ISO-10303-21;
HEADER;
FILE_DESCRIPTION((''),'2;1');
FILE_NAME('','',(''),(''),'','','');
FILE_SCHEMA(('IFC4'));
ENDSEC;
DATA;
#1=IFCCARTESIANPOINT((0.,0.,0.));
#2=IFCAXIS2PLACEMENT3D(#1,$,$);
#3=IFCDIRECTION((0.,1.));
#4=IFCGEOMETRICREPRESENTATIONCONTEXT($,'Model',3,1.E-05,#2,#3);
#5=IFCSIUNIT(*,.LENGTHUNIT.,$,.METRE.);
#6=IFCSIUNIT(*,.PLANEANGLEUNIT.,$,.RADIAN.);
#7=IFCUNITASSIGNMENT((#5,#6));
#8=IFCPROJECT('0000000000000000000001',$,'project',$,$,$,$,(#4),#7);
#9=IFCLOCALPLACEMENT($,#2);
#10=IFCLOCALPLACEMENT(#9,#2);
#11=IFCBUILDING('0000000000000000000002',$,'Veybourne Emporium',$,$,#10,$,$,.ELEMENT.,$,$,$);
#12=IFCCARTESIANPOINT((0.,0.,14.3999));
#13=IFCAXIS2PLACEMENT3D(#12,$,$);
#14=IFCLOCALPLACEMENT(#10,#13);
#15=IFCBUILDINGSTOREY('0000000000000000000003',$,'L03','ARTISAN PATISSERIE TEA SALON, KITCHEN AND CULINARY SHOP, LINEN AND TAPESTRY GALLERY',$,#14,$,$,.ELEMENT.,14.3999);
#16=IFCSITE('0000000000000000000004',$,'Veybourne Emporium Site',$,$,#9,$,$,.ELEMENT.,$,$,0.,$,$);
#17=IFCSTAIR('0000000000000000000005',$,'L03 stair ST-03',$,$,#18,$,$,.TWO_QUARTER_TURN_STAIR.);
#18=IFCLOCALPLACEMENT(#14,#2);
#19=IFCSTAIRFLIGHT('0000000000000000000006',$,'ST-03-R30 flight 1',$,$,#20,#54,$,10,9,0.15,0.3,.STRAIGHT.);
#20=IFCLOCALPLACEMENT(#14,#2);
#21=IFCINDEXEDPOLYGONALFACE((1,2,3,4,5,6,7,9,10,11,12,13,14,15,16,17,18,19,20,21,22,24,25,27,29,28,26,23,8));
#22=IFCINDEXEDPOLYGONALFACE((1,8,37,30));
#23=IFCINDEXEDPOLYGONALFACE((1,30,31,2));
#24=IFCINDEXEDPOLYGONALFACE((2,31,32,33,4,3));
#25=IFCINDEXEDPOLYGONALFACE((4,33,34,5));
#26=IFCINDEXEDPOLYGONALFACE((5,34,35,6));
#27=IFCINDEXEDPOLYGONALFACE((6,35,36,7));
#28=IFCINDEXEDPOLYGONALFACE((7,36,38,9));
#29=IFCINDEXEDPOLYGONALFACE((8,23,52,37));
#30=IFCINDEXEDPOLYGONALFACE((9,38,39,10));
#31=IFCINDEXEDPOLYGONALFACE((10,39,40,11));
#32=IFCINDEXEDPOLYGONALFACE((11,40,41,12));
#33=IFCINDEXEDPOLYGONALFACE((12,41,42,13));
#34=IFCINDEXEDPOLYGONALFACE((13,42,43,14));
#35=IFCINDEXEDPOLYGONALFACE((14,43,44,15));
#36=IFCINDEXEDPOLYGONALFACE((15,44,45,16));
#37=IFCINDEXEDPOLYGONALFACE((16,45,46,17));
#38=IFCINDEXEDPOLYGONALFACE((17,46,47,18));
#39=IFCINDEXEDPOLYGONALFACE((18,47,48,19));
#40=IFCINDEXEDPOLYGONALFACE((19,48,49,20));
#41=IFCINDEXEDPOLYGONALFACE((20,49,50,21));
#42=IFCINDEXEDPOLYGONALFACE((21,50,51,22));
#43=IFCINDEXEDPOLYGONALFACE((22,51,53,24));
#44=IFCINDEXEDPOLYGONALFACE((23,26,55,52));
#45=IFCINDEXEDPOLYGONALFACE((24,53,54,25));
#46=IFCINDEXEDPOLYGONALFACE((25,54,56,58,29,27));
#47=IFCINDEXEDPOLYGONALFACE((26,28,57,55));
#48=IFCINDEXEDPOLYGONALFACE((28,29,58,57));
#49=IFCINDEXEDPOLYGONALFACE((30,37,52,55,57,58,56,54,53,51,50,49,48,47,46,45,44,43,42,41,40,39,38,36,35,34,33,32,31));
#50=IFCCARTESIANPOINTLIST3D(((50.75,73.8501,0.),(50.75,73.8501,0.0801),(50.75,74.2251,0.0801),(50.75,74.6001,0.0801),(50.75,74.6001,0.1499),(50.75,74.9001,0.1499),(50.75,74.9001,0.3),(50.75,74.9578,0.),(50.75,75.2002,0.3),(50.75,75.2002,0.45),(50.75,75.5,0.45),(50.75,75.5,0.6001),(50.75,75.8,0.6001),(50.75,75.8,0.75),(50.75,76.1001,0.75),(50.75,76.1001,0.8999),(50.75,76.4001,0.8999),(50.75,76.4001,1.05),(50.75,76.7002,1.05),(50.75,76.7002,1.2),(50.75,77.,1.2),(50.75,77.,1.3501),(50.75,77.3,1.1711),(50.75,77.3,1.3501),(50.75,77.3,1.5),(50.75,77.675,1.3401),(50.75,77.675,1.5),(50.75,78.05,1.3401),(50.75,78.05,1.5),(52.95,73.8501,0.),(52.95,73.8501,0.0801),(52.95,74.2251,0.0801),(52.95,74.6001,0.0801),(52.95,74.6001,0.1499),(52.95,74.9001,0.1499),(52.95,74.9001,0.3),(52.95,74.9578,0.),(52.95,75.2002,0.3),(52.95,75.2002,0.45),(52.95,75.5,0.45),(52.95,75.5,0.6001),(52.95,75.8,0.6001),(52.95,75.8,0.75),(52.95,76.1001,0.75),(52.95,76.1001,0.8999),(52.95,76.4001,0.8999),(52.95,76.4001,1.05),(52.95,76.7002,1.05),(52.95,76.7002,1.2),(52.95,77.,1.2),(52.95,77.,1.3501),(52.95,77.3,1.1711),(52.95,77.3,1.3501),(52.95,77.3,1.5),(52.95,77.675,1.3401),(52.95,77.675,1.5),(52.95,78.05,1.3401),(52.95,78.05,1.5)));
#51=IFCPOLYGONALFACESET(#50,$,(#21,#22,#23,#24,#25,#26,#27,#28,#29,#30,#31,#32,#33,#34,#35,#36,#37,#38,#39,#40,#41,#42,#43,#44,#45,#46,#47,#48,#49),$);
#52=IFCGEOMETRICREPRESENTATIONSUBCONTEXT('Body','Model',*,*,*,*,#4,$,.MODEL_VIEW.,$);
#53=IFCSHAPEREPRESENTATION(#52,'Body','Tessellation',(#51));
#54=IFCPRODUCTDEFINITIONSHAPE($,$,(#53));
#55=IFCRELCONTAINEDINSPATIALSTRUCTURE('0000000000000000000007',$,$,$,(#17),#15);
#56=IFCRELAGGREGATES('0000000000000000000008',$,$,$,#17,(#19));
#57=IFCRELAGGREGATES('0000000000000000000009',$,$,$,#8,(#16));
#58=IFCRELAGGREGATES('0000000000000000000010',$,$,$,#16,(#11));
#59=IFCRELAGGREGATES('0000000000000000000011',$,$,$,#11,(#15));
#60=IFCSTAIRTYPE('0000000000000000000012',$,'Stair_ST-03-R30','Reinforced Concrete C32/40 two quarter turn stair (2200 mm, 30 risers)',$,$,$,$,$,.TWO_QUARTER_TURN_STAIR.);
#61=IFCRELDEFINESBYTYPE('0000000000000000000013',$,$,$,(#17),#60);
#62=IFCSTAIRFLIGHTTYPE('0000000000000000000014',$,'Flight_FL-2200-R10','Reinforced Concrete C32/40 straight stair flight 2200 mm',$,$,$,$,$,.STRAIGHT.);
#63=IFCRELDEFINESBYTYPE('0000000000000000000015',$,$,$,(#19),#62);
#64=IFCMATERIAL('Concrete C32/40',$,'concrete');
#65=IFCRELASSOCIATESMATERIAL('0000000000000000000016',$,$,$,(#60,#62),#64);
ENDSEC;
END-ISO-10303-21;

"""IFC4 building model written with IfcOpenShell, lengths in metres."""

from ifc_helpers import new_model, si_unit, direction, frame, origin, place, context, subcontext, project, spatial, polyline, outline, extrude, material, type_object, element, aggregate, save


model = new_model("IFC4")

# Units and contexts
model_context = context("Model", 3, precision=1e-05, world=origin(), true_north=direction((0.0, 1.0)))
body_context = subcontext(model_context, "Body", "Model", "MODEL_VIEW")
ifc_project = project(units=[si_unit("LENGTHUNIT", "METRE"), si_unit("PLANEANGLEUNIT", "RADIAN")], contexts=[model_context])

# Site, building, storey
site_placement = place(None, origin())
site = spatial("IfcSite", under=ifc_project, at=site_placement, Name="Veybourne Emporium Site", CompositionType="ELEMENT", RefElevation=0.0)
building_placement = place(site_placement, origin())
building = spatial("IfcBuilding", under=site, at=building_placement, Name="Veybourne Emporium", CompositionType="ELEMENT")
storey_placement = place(building_placement, frame((0.0, 0.0, 14.3999)))
storey = spatial("IfcBuildingStorey", under=building, at=storey_placement, Name="L03", Description="ARTISAN PATISSERIE TEA SALON, KITCHEN AND CULINARY SHOP, LINEN AND TAPESTRY GALLERY", CompositionType="ELEMENT", Elevation=14.3999)

# Shared definitions
ifc_material_1 = material(Name="Concrete C32/40", Category="concrete")

# Stair, stair flight
stair_type = type_object("IfcStairType", Name="Stair_ST-03-R30", Description="Reinforced Concrete C32/40 two quarter turn stair (2200 mm, 30 risers)", PredefinedType="TWO_QUARTER_TURN_STAIR", material=ifc_material_1)
stair_placement = place(storey_placement, origin())
stair = element("IfcStair", 1, at=stair_placement, inside=storey, type_object=stair_type, Name="L03 stair ST-03", PredefinedType="TWO_QUARTER_TURN_STAIR")
stair_flight_type = type_object("IfcStairFlightType", Name="Flight_FL-2200-R10", Description="Reinforced Concrete C32/40 straight stair flight 2200 mm", PredefinedType="STRAIGHT", material=ifc_material_1)
stair_flight_placement = place(storey_placement, frame((51.8501, 74.6001, 0.0), z_axis=(0.0, 0.0, 1.0), x_axis=(0.0, 1.0, 0.0)))
stair_flight = element("IfcStairFlight", 2, at=stair_flight_placement, type_object=stair_flight_type, Name="ST-03-R30 flight 1", NumberOfRisers=10, NumberOfTreads=9, PredefinedType="STRAIGHT", RiserHeight=0.15, TreadLength=0.3, context=body_context, shape_type="SweptSolid", body=[
    extrude(outline(polyline([(-0.75, 0.0), (-0.75, 0.0801), (-0.375, 0.0801), (0.0, 0.0801), (0.0, 0.1499), (0.3, 0.1499), (0.3, 0.3), (0.6001, 0.3), (0.6001, 0.45), (0.8999, 0.45), (0.8999, 0.6001), (1.2, 0.6001), (1.2, 0.75), (1.5, 0.75), (1.5, 0.8999), (1.8, 0.8999), (1.8, 1.05), (2.1001, 1.05), (2.1001, 1.2), (2.3999, 1.2), (2.3999, 1.3501), (2.7, 1.3501), (2.7, 1.5), (3.075, 1.5), (3.45, 1.5), (3.45, 1.3401), (3.075, 1.3401), (2.7, 1.1711), (0.3577, 0.0), (-0.75, 0.0)])), frame((0.0, 1.1001, 0.0), z_axis=(0.0, -1.0, 0.0), x_axis=(1.0, 0.0, 0.0)), (0.0, 0.0, 1.0), 2.2),
])
aggregate(stair, [stair_flight])

save(model, "model.ifc")
